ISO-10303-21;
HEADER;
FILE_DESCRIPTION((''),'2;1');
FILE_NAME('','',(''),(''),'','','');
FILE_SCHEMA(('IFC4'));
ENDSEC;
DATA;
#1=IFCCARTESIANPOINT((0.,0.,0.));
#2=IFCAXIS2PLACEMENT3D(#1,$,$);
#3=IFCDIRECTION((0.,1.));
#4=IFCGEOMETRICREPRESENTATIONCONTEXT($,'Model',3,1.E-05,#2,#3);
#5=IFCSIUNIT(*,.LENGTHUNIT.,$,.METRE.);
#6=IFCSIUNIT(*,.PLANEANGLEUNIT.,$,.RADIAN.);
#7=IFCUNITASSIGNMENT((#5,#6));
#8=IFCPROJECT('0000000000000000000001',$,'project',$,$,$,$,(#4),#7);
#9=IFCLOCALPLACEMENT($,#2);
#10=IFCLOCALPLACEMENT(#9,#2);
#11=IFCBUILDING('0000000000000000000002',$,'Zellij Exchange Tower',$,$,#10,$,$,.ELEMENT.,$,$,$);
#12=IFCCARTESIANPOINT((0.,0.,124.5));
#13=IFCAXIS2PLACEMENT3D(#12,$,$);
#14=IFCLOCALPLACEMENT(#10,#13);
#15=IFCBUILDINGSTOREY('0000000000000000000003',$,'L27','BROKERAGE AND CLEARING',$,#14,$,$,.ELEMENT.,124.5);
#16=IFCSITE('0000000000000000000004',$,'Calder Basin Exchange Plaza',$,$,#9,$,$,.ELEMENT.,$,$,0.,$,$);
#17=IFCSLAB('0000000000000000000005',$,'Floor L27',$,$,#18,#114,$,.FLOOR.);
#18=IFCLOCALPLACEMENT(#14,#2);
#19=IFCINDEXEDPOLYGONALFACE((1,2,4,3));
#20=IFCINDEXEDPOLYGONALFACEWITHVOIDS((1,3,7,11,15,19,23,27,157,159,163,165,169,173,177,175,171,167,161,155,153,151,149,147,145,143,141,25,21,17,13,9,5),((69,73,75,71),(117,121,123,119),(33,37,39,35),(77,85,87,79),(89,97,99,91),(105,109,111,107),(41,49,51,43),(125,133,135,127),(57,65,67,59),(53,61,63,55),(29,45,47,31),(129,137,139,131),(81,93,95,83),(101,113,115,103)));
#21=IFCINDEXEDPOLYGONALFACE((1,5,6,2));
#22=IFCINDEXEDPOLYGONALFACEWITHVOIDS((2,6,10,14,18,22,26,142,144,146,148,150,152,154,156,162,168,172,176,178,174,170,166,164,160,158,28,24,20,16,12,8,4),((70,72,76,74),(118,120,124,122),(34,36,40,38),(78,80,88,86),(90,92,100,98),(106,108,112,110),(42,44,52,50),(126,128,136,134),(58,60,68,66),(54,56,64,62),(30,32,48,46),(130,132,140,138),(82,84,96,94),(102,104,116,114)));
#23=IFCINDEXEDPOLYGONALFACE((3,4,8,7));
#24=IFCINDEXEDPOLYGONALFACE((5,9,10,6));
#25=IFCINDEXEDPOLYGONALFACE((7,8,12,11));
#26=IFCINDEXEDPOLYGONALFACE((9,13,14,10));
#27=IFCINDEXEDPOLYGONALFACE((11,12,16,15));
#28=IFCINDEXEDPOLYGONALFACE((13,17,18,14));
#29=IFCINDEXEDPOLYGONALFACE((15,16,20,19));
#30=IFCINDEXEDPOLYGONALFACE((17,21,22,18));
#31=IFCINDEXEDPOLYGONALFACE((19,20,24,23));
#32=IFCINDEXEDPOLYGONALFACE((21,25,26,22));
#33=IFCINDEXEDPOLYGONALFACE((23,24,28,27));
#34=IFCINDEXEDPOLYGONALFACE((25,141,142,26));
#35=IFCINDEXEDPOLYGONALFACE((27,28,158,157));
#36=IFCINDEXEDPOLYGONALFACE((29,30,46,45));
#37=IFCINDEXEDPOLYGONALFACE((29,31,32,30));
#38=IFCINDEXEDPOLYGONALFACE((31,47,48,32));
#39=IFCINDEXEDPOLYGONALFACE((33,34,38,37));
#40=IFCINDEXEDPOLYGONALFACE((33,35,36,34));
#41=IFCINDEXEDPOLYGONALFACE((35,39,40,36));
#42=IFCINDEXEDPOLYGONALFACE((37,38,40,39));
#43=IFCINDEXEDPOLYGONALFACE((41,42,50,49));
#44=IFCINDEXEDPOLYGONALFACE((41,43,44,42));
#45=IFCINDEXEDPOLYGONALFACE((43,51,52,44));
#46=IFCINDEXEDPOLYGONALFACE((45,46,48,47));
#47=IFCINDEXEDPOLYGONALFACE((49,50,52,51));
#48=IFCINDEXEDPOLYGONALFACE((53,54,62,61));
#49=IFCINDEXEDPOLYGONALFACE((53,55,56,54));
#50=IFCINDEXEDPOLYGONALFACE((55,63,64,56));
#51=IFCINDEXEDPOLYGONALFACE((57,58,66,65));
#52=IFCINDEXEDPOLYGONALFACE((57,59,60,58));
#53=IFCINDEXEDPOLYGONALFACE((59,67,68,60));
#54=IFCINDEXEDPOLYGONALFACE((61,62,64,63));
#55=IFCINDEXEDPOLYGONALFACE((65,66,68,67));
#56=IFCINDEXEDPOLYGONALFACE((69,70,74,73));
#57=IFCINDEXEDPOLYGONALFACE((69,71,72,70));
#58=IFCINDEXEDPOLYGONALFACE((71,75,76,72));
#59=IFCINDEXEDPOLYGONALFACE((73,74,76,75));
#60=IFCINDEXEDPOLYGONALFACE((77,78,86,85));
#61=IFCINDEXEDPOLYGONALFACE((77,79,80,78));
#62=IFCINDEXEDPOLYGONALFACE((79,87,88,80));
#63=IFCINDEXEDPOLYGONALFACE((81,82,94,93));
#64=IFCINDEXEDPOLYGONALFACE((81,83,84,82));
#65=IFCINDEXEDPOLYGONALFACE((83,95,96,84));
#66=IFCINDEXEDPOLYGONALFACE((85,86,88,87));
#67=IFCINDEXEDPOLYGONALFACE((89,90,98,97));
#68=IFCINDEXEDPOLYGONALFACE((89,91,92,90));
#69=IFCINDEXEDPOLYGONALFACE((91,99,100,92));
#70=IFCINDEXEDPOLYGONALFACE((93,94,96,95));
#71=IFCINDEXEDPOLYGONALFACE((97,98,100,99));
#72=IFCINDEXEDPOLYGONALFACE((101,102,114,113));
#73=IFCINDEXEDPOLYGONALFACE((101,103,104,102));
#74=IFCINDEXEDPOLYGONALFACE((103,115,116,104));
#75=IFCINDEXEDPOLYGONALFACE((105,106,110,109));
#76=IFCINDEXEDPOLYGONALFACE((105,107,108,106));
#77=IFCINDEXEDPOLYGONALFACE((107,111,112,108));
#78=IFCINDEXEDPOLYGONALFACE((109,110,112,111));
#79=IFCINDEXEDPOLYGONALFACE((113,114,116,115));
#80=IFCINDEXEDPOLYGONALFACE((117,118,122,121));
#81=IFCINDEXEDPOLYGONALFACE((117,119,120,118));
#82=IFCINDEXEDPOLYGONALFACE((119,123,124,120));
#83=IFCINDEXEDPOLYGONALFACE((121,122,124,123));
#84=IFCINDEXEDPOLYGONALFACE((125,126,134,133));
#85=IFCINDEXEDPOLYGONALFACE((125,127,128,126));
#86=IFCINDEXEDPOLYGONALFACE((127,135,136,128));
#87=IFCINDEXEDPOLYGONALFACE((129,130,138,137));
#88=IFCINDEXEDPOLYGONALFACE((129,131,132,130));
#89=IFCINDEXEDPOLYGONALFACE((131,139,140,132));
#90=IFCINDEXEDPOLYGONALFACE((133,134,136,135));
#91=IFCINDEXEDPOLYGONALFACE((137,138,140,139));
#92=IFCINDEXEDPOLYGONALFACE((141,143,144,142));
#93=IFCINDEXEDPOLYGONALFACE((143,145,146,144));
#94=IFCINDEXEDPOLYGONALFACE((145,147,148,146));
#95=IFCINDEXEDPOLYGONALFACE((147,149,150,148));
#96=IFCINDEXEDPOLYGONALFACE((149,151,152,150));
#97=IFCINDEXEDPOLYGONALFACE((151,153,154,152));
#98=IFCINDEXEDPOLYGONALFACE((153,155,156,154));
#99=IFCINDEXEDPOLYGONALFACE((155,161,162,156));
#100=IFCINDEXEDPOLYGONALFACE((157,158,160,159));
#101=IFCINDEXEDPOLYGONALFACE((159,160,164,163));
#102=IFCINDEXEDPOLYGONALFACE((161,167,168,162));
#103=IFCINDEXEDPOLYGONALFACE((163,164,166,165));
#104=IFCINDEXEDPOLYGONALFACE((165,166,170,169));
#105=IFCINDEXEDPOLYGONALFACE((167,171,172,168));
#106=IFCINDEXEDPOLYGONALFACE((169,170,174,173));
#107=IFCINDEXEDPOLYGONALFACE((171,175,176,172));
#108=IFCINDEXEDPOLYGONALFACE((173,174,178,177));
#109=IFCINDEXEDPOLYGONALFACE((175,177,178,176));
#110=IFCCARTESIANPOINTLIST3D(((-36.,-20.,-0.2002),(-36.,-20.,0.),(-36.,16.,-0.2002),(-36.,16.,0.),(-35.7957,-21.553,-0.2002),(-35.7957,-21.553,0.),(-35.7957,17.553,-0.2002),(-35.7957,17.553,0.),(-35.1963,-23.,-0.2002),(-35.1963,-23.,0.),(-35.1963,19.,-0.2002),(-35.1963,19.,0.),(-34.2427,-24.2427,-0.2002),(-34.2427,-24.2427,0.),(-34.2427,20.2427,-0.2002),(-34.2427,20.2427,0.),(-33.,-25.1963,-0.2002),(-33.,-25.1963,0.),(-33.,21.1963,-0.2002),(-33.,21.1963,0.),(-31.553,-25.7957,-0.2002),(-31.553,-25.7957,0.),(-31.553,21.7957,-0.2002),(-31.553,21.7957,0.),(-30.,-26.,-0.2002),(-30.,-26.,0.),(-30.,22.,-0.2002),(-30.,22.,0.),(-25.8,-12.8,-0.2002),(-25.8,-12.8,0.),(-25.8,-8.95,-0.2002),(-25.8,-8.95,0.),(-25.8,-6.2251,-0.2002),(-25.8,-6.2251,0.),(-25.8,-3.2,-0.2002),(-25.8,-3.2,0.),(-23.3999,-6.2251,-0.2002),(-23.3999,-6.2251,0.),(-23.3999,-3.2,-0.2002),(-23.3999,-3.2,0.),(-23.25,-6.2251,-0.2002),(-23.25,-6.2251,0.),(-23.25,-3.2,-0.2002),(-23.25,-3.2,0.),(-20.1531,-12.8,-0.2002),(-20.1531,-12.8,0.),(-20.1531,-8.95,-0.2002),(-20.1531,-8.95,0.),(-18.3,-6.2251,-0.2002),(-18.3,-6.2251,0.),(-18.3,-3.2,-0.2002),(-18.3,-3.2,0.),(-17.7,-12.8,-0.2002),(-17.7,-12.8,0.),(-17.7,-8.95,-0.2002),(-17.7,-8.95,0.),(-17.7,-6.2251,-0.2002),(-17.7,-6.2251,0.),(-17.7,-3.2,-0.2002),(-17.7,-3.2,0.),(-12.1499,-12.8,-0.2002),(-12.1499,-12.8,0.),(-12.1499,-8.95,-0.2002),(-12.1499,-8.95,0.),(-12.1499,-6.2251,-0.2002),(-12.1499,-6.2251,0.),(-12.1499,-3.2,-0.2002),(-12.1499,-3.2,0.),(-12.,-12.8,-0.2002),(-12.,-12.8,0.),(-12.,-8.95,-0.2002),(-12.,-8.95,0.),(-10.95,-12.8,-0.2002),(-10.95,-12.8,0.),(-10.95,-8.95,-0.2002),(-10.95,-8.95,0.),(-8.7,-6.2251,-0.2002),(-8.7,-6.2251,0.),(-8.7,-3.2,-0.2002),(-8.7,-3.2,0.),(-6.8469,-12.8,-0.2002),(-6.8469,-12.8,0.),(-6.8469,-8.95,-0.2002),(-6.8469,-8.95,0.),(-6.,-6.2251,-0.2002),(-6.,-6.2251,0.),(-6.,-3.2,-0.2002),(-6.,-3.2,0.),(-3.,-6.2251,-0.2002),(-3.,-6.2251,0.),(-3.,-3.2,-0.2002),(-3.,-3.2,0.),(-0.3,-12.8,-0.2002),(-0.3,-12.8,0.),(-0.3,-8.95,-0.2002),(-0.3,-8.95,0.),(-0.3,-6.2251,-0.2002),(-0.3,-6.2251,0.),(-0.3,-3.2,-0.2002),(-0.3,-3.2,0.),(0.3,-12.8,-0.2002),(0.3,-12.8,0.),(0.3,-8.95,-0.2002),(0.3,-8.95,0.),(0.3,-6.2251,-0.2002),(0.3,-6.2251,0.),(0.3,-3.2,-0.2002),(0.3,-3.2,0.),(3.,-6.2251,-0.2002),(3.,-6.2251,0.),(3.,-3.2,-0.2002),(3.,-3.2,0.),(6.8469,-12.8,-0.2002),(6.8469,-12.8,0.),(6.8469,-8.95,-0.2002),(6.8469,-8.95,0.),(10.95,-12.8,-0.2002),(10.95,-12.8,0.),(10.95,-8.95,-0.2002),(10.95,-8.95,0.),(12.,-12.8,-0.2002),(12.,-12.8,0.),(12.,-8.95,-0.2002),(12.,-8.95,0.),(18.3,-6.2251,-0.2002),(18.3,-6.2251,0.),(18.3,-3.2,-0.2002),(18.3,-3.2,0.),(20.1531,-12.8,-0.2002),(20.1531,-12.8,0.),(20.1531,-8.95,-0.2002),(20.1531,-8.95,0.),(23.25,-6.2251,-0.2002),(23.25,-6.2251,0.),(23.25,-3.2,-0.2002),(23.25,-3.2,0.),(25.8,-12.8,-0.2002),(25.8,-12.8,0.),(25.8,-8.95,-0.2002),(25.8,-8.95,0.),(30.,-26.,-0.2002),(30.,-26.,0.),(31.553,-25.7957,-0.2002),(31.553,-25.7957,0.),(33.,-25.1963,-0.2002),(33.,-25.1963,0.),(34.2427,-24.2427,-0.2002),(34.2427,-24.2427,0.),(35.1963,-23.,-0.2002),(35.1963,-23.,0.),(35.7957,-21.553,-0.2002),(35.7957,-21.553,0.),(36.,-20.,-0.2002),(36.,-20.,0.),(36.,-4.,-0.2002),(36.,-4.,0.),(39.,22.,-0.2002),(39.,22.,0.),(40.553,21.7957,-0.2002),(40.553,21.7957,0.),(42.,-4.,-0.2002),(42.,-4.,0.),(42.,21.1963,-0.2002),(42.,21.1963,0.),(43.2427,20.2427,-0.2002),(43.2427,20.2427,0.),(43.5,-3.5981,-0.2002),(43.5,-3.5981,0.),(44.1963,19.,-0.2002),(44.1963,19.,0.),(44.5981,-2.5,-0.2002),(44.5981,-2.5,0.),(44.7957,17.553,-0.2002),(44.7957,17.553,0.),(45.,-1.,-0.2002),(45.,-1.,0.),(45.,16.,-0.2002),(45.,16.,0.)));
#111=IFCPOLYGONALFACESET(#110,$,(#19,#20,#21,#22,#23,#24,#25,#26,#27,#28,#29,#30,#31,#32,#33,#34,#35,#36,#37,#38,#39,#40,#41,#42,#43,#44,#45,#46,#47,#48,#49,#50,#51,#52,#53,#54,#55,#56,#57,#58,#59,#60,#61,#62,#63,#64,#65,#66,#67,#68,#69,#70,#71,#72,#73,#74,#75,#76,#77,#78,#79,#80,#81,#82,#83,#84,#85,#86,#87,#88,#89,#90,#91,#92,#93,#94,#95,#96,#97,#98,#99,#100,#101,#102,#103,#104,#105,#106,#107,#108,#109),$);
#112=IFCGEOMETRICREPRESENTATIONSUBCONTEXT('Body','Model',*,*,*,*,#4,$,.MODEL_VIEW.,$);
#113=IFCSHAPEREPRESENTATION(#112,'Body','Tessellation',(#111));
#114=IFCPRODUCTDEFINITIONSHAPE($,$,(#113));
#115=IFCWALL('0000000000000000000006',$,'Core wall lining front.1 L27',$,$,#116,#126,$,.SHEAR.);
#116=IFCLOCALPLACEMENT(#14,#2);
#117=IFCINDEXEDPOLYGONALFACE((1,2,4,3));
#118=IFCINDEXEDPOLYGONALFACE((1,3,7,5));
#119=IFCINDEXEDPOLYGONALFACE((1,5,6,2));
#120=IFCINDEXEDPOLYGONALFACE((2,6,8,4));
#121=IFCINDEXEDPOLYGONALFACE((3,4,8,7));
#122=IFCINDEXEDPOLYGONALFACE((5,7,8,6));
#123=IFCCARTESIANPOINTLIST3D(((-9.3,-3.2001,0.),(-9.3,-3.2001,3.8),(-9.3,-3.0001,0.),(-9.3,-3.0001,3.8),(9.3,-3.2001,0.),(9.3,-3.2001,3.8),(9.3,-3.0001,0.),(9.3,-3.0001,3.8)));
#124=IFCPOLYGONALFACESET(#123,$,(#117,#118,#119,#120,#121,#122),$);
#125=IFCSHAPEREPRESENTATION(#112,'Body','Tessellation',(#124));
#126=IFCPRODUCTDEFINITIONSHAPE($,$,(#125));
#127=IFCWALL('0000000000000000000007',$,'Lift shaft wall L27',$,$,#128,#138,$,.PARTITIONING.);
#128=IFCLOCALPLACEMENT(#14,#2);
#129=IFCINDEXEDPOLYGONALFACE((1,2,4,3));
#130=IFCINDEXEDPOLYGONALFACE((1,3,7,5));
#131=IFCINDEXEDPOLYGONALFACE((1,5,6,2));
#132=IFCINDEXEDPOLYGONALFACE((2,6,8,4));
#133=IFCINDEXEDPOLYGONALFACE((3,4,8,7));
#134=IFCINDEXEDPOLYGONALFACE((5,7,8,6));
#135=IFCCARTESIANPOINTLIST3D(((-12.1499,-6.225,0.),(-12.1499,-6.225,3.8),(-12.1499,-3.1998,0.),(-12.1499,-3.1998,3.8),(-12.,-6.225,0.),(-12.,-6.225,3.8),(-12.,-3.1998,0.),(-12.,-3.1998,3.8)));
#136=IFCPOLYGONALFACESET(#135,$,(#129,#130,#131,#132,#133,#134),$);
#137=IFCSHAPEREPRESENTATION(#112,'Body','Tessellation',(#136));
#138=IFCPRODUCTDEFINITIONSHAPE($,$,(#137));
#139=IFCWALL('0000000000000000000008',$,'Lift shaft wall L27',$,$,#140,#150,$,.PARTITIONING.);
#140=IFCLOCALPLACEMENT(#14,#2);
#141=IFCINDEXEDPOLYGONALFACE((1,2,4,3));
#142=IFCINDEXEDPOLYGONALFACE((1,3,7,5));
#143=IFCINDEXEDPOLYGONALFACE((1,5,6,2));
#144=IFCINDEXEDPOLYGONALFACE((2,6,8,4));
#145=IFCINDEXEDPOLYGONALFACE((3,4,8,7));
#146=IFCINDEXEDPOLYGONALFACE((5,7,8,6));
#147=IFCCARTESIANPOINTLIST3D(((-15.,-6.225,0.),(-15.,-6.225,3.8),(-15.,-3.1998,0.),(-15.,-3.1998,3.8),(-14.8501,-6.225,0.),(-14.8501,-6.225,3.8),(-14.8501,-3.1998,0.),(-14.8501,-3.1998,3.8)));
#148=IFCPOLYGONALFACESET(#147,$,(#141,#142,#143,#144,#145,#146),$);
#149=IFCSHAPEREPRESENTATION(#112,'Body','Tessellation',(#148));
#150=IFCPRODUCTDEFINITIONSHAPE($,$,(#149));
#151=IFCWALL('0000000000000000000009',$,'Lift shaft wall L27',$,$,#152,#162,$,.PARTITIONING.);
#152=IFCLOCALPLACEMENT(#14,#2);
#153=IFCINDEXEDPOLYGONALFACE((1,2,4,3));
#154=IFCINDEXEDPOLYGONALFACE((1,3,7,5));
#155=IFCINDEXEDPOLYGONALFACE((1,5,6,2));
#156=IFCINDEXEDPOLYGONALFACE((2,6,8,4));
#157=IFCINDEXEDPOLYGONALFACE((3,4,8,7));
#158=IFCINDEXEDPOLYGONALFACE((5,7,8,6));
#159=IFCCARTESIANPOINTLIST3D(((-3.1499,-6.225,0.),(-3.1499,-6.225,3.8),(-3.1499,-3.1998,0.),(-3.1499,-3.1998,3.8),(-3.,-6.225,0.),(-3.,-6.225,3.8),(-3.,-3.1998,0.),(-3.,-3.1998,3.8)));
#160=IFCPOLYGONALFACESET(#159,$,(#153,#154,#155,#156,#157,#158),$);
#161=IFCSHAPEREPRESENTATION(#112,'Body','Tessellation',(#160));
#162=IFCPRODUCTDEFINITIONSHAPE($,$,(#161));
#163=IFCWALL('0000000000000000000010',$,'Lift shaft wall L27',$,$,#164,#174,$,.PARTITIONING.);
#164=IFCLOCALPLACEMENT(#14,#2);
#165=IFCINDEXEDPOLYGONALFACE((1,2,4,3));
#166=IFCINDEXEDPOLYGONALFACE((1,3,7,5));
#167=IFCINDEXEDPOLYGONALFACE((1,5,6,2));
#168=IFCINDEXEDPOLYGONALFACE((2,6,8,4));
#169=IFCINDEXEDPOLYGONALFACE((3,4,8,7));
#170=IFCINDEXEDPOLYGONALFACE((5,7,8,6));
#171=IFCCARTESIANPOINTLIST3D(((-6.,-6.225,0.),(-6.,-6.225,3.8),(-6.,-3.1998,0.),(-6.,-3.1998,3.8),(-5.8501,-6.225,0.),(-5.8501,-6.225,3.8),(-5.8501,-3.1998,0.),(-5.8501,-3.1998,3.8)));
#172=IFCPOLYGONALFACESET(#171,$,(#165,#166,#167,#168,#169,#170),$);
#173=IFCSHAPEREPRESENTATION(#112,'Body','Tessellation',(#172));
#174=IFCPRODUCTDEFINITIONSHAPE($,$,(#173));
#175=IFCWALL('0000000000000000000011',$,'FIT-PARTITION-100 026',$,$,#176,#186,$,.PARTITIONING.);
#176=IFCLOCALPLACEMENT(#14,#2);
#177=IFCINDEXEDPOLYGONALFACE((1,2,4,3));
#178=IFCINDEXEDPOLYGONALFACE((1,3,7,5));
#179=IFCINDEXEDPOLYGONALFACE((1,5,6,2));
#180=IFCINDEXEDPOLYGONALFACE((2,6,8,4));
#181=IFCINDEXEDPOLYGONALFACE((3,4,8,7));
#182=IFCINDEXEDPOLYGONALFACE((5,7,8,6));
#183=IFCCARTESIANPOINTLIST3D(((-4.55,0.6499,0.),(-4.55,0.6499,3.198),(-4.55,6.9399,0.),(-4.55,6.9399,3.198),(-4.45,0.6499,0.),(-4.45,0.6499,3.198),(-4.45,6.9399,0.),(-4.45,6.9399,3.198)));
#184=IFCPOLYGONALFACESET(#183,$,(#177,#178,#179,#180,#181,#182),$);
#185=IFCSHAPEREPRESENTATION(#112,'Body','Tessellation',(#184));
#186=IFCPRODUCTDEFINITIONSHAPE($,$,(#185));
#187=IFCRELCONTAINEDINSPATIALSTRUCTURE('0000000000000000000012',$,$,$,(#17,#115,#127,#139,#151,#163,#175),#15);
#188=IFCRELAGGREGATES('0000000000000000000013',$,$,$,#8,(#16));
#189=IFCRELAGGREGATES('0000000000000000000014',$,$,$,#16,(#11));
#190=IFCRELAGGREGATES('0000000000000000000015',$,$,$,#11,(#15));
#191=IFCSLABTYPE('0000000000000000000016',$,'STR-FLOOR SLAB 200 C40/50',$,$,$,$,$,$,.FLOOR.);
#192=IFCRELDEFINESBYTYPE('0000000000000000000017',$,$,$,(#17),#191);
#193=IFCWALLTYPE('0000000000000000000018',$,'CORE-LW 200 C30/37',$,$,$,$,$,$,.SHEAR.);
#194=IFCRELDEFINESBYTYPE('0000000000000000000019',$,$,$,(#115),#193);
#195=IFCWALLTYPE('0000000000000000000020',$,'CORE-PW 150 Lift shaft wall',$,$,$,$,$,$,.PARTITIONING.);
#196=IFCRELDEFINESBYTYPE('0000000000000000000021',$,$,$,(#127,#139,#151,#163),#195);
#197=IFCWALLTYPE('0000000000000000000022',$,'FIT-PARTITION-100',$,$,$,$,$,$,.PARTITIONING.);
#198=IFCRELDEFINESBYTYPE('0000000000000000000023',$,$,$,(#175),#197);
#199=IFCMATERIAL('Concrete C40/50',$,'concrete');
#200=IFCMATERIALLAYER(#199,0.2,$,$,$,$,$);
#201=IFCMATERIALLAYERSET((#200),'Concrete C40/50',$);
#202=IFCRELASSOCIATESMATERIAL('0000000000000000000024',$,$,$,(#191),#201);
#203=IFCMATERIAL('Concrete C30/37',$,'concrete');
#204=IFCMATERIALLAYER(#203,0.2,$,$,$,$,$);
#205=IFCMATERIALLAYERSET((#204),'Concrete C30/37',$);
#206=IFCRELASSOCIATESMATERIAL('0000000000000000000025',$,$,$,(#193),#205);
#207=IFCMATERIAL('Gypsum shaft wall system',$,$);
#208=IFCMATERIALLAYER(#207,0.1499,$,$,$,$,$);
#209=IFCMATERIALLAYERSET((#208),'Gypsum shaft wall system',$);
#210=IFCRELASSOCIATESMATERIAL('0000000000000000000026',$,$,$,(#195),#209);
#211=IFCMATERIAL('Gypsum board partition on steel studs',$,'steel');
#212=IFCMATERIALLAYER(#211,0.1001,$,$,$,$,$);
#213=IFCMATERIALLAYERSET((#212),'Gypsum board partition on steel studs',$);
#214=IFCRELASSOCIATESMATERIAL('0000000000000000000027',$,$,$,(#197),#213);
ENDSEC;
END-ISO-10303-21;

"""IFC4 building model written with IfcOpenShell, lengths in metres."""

from ifc_helpers import new_model, si_unit, direction, frame, frame_2d, origin, place, context, subcontext, project, spatial, polyline, rectangle, outline, extrude, material, layer, layer_set, type_object, element, save


model = new_model("IFC4")

# Units and contexts
model_context = context("Model", 3, precision=1e-05, world=origin(), true_north=direction((0.0, 1.0)))
body_context = subcontext(model_context, "Body", "Model", "MODEL_VIEW")
ifc_project = project(units=[si_unit("LENGTHUNIT", "METRE"), si_unit("PLANEANGLEUNIT", "RADIAN")], contexts=[model_context])

# Site, building, storey
site_placement = place(None, origin())
site = spatial("IfcSite", under=ifc_project, at=site_placement, Name="Calder Basin Exchange Plaza", CompositionType="ELEMENT", RefElevation=0.0)
building_placement = place(site_placement, origin())
building = spatial("IfcBuilding", under=site, at=building_placement, Name="Zellij Exchange Tower", CompositionType="ELEMENT")
storey_placement = place(building_placement, frame((0.0, 0.0, 124.5)))
storey = spatial("IfcBuildingStorey", under=building, at=storey_placement, Name="L27", Description="BROKERAGE AND CLEARING", CompositionType="ELEMENT", Elevation=124.5)

# Slab
ifc_material_1 = material(Name="Concrete C40/50", Category="concrete")
ifc_layer_1 = layer(ifc_material_1, 0.2)
ifc_layer_set_1 = layer_set([ifc_layer_1], Name="Concrete C40/50")
slab_type = type_object("IfcSlabType", Name="STR-FLOOR SLAB 200 C40/50", PredefinedType="FLOOR", material=ifc_layer_set_1)
slab_placement = place(storey_placement, frame((0.0, 0.0, -0.2002)))
element("IfcSlab", 1, at=slab_placement, inside=storey, type_object=slab_type, Name="Floor L27", PredefinedType="FLOOR", context=body_context, shape_type="SweptSolid", body=[
    extrude(outline(polyline([(35.7957, -21.553), (35.1963, -23.0), (34.2427, -24.2427), (33.0, -25.1963), (31.553, -25.7957), (30.0, -26.0), (-30.0, -26.0), (-31.553, -25.7957), (-33.0, -25.1963), (-34.2427, -24.2427), (-35.1963, -23.0), (-35.7957, -21.553), (-36.0, -20.0), (-36.0, 16.0), (-35.7957, 17.553), (-35.1963, 19.0), (-34.2427, 20.2427), (-33.0, 21.1963), (-31.553, 21.7957), (-30.0, 22.0), (39.0, 22.0), (40.553, 21.7957), (42.0, 21.1963), (43.2427, 20.2427), (44.1963, 19.0), (44.7957, 17.553), (45.0, 16.0), (45.0, -1.0), (44.5981, -2.5), (43.5, -3.5981), (42.0, -4.0), (36.0, -4.0), (36.0, -20.0), (35.7957, -21.553)]), holes=[polyline([(-25.8, -8.95), (-25.8, -12.8), (-20.1531, -12.8), (-20.1531, -8.95), (-25.8, -8.95)]), polyline([(-12.1499, -8.95), (-17.7, -8.95), (-17.7, -12.8), (-12.1499, -12.8), (-12.1499, -8.95)]), polyline([(-10.95, -8.95), (-12.0, -8.95), (-12.0, -12.8), (-10.95, -12.8), (-10.95, -8.95)]), polyline([(-23.3999, -3.2), (-25.8, -3.2), (-25.8, -6.2251), (-23.3999, -6.2251), (-23.3999, -3.2)]), polyline([(-18.3, -3.2), (-23.25, -3.2), (-23.25, -6.2251), (-18.3, -6.2251), (-18.3, -3.2)]), polyline([(-12.1499, -3.2), (-17.7, -3.2), (-17.7, -6.2251), (-12.1499, -6.2251), (-12.1499, -3.2)]), polyline([(-6.0, -3.2), (-8.7, -3.2), (-8.7, -6.2251), (-6.0, -6.2251), (-6.0, -3.2)]), polyline([(-6.8469, -8.95), (-6.8469, -12.8), (-0.3, -12.8), (-0.3, -8.95), (-6.8469, -8.95)]), polyline([(6.8469, -8.95), (0.3, -8.95), (0.3, -12.8), (6.8469, -12.8), (6.8469, -8.95)]), polyline([(12.0, -8.95), (10.95, -8.95), (10.95, -12.8), (12.0, -12.8), (12.0, -8.95)]), polyline([(25.8, -8.95), (20.1531, -8.95), (20.1531, -12.8), (25.8, -12.8), (25.8, -8.95)]), polyline([(-0.3, -3.2), (-3.0, -3.2), (-3.0, -6.2251), (-0.3, -6.2251), (-0.3, -3.2)]), polyline([(3.0, -3.2), (0.3, -3.2), (0.3, -6.2251), (3.0, -6.2251), (3.0, -3.2)]), polyline([(23.25, -3.2), (18.3, -3.2), (18.3, -6.2251), (23.25, -6.2251), (23.25, -3.2)])]), origin(), (0.0, 0.0, 1.0), 0.2002),
])

# Walls
ifc_material_2 = material(Name="Concrete C30/37", Category="concrete")
ifc_layer_2 = layer(ifc_material_2, 0.2)
ifc_layer_set_2 = layer_set([ifc_layer_2], Name="Concrete C30/37")
wall_type_1 = type_object("IfcWallType", Name="CORE-LW 200 C30/37", PredefinedType="SHEAR", material=ifc_layer_set_2)
wall_1_placement = place(storey_placement, frame((-9.3, -3.1001, 0.0), z_axis=(0.0, 0.0, 1.0), x_axis=(1.0, 0.0, 0.0)))
element("IfcWall", 2, at=wall_1_placement, inside=storey, type_object=wall_type_1, Name="Core wall lining front.1 L27", PredefinedType="SHEAR", context=body_context, shape_type="SweptSolid", body=[
    extrude(rectangle(XDim=18.6001, YDim=0.2, at=frame_2d((9.3, 0.0))), origin(), (0.0, 0.0, 1.0), 3.8),
])
ifc_material_3 = material(Name="Gypsum shaft wall system")
ifc_layer_3 = layer(ifc_material_3, 0.1499)
ifc_layer_set_3 = layer_set([ifc_layer_3], Name="Gypsum shaft wall system")
wall_type_2 = type_object("IfcWallType", Name="CORE-PW 150 Lift shaft wall", PredefinedType="PARTITIONING", material=ifc_layer_set_3)
for number, where, z_axis, x_axis, name in (
    (3, (-12.075, -6.2251, 0.0), (0.0, 0.0, 1.0), (0.0, 1.0, 0.0), "Lift shaft wall L27"),
    (4, (-14.925, -6.2251, 0.0), (0.0, 0.0, 1.0), (0.0, 1.0, 0.0), "Lift shaft wall L27"),
    (5, (-3.075, -6.2251, 0.0), (0.0, 0.0, 1.0), (0.0, 1.0, 0.0), "Lift shaft wall L27"),
    (6, (-5.925, -6.2251, 0.0), (0.0, 0.0, 1.0), (0.0, 1.0, 0.0), "Lift shaft wall L27"),
):
    element("IfcWall", number, at=place(storey_placement, frame(where, z_axis=z_axis, x_axis=x_axis)), inside=storey, type_object=wall_type_2, Name=name, PredefinedType="PARTITIONING", context=body_context, shape_type="SweptSolid", body=[
        extrude(rectangle(XDim=3.0251, YDim=0.1499, at=frame_2d((1.5127, 0.0))), origin(), (0.0, 0.0, 1.0), 3.8),
    ])
ifc_material_4 = material(Name="Gypsum board partition on steel studs", Category="steel")
ifc_layer_4 = layer(ifc_material_4, 0.1001)
ifc_layer_set_4 = layer_set([ifc_layer_4], Name="Gypsum board partition on steel studs")
wall_type_3 = type_object("IfcWallType", Name="FIT-PARTITION-100", PredefinedType="PARTITIONING", material=ifc_layer_set_4)
wall_2_placement = place(storey_placement, frame((-4.5, 0.6499, 0.0), z_axis=(0.0, 0.0, 1.0), x_axis=(0.0, 1.0, 0.0)))
element("IfcWall", 7, at=wall_2_placement, inside=storey, type_object=wall_type_3, Name="FIT-PARTITION-100 026", PredefinedType="PARTITIONING", context=body_context, shape_type="SweptSolid", body=[
    extrude(rectangle(XDim=6.29, YDim=0.1001, at=frame_2d((3.145, 0.0))), origin(), (0.0, 0.0, 1.0), 3.198),
])

save(model, "model.ifc")
